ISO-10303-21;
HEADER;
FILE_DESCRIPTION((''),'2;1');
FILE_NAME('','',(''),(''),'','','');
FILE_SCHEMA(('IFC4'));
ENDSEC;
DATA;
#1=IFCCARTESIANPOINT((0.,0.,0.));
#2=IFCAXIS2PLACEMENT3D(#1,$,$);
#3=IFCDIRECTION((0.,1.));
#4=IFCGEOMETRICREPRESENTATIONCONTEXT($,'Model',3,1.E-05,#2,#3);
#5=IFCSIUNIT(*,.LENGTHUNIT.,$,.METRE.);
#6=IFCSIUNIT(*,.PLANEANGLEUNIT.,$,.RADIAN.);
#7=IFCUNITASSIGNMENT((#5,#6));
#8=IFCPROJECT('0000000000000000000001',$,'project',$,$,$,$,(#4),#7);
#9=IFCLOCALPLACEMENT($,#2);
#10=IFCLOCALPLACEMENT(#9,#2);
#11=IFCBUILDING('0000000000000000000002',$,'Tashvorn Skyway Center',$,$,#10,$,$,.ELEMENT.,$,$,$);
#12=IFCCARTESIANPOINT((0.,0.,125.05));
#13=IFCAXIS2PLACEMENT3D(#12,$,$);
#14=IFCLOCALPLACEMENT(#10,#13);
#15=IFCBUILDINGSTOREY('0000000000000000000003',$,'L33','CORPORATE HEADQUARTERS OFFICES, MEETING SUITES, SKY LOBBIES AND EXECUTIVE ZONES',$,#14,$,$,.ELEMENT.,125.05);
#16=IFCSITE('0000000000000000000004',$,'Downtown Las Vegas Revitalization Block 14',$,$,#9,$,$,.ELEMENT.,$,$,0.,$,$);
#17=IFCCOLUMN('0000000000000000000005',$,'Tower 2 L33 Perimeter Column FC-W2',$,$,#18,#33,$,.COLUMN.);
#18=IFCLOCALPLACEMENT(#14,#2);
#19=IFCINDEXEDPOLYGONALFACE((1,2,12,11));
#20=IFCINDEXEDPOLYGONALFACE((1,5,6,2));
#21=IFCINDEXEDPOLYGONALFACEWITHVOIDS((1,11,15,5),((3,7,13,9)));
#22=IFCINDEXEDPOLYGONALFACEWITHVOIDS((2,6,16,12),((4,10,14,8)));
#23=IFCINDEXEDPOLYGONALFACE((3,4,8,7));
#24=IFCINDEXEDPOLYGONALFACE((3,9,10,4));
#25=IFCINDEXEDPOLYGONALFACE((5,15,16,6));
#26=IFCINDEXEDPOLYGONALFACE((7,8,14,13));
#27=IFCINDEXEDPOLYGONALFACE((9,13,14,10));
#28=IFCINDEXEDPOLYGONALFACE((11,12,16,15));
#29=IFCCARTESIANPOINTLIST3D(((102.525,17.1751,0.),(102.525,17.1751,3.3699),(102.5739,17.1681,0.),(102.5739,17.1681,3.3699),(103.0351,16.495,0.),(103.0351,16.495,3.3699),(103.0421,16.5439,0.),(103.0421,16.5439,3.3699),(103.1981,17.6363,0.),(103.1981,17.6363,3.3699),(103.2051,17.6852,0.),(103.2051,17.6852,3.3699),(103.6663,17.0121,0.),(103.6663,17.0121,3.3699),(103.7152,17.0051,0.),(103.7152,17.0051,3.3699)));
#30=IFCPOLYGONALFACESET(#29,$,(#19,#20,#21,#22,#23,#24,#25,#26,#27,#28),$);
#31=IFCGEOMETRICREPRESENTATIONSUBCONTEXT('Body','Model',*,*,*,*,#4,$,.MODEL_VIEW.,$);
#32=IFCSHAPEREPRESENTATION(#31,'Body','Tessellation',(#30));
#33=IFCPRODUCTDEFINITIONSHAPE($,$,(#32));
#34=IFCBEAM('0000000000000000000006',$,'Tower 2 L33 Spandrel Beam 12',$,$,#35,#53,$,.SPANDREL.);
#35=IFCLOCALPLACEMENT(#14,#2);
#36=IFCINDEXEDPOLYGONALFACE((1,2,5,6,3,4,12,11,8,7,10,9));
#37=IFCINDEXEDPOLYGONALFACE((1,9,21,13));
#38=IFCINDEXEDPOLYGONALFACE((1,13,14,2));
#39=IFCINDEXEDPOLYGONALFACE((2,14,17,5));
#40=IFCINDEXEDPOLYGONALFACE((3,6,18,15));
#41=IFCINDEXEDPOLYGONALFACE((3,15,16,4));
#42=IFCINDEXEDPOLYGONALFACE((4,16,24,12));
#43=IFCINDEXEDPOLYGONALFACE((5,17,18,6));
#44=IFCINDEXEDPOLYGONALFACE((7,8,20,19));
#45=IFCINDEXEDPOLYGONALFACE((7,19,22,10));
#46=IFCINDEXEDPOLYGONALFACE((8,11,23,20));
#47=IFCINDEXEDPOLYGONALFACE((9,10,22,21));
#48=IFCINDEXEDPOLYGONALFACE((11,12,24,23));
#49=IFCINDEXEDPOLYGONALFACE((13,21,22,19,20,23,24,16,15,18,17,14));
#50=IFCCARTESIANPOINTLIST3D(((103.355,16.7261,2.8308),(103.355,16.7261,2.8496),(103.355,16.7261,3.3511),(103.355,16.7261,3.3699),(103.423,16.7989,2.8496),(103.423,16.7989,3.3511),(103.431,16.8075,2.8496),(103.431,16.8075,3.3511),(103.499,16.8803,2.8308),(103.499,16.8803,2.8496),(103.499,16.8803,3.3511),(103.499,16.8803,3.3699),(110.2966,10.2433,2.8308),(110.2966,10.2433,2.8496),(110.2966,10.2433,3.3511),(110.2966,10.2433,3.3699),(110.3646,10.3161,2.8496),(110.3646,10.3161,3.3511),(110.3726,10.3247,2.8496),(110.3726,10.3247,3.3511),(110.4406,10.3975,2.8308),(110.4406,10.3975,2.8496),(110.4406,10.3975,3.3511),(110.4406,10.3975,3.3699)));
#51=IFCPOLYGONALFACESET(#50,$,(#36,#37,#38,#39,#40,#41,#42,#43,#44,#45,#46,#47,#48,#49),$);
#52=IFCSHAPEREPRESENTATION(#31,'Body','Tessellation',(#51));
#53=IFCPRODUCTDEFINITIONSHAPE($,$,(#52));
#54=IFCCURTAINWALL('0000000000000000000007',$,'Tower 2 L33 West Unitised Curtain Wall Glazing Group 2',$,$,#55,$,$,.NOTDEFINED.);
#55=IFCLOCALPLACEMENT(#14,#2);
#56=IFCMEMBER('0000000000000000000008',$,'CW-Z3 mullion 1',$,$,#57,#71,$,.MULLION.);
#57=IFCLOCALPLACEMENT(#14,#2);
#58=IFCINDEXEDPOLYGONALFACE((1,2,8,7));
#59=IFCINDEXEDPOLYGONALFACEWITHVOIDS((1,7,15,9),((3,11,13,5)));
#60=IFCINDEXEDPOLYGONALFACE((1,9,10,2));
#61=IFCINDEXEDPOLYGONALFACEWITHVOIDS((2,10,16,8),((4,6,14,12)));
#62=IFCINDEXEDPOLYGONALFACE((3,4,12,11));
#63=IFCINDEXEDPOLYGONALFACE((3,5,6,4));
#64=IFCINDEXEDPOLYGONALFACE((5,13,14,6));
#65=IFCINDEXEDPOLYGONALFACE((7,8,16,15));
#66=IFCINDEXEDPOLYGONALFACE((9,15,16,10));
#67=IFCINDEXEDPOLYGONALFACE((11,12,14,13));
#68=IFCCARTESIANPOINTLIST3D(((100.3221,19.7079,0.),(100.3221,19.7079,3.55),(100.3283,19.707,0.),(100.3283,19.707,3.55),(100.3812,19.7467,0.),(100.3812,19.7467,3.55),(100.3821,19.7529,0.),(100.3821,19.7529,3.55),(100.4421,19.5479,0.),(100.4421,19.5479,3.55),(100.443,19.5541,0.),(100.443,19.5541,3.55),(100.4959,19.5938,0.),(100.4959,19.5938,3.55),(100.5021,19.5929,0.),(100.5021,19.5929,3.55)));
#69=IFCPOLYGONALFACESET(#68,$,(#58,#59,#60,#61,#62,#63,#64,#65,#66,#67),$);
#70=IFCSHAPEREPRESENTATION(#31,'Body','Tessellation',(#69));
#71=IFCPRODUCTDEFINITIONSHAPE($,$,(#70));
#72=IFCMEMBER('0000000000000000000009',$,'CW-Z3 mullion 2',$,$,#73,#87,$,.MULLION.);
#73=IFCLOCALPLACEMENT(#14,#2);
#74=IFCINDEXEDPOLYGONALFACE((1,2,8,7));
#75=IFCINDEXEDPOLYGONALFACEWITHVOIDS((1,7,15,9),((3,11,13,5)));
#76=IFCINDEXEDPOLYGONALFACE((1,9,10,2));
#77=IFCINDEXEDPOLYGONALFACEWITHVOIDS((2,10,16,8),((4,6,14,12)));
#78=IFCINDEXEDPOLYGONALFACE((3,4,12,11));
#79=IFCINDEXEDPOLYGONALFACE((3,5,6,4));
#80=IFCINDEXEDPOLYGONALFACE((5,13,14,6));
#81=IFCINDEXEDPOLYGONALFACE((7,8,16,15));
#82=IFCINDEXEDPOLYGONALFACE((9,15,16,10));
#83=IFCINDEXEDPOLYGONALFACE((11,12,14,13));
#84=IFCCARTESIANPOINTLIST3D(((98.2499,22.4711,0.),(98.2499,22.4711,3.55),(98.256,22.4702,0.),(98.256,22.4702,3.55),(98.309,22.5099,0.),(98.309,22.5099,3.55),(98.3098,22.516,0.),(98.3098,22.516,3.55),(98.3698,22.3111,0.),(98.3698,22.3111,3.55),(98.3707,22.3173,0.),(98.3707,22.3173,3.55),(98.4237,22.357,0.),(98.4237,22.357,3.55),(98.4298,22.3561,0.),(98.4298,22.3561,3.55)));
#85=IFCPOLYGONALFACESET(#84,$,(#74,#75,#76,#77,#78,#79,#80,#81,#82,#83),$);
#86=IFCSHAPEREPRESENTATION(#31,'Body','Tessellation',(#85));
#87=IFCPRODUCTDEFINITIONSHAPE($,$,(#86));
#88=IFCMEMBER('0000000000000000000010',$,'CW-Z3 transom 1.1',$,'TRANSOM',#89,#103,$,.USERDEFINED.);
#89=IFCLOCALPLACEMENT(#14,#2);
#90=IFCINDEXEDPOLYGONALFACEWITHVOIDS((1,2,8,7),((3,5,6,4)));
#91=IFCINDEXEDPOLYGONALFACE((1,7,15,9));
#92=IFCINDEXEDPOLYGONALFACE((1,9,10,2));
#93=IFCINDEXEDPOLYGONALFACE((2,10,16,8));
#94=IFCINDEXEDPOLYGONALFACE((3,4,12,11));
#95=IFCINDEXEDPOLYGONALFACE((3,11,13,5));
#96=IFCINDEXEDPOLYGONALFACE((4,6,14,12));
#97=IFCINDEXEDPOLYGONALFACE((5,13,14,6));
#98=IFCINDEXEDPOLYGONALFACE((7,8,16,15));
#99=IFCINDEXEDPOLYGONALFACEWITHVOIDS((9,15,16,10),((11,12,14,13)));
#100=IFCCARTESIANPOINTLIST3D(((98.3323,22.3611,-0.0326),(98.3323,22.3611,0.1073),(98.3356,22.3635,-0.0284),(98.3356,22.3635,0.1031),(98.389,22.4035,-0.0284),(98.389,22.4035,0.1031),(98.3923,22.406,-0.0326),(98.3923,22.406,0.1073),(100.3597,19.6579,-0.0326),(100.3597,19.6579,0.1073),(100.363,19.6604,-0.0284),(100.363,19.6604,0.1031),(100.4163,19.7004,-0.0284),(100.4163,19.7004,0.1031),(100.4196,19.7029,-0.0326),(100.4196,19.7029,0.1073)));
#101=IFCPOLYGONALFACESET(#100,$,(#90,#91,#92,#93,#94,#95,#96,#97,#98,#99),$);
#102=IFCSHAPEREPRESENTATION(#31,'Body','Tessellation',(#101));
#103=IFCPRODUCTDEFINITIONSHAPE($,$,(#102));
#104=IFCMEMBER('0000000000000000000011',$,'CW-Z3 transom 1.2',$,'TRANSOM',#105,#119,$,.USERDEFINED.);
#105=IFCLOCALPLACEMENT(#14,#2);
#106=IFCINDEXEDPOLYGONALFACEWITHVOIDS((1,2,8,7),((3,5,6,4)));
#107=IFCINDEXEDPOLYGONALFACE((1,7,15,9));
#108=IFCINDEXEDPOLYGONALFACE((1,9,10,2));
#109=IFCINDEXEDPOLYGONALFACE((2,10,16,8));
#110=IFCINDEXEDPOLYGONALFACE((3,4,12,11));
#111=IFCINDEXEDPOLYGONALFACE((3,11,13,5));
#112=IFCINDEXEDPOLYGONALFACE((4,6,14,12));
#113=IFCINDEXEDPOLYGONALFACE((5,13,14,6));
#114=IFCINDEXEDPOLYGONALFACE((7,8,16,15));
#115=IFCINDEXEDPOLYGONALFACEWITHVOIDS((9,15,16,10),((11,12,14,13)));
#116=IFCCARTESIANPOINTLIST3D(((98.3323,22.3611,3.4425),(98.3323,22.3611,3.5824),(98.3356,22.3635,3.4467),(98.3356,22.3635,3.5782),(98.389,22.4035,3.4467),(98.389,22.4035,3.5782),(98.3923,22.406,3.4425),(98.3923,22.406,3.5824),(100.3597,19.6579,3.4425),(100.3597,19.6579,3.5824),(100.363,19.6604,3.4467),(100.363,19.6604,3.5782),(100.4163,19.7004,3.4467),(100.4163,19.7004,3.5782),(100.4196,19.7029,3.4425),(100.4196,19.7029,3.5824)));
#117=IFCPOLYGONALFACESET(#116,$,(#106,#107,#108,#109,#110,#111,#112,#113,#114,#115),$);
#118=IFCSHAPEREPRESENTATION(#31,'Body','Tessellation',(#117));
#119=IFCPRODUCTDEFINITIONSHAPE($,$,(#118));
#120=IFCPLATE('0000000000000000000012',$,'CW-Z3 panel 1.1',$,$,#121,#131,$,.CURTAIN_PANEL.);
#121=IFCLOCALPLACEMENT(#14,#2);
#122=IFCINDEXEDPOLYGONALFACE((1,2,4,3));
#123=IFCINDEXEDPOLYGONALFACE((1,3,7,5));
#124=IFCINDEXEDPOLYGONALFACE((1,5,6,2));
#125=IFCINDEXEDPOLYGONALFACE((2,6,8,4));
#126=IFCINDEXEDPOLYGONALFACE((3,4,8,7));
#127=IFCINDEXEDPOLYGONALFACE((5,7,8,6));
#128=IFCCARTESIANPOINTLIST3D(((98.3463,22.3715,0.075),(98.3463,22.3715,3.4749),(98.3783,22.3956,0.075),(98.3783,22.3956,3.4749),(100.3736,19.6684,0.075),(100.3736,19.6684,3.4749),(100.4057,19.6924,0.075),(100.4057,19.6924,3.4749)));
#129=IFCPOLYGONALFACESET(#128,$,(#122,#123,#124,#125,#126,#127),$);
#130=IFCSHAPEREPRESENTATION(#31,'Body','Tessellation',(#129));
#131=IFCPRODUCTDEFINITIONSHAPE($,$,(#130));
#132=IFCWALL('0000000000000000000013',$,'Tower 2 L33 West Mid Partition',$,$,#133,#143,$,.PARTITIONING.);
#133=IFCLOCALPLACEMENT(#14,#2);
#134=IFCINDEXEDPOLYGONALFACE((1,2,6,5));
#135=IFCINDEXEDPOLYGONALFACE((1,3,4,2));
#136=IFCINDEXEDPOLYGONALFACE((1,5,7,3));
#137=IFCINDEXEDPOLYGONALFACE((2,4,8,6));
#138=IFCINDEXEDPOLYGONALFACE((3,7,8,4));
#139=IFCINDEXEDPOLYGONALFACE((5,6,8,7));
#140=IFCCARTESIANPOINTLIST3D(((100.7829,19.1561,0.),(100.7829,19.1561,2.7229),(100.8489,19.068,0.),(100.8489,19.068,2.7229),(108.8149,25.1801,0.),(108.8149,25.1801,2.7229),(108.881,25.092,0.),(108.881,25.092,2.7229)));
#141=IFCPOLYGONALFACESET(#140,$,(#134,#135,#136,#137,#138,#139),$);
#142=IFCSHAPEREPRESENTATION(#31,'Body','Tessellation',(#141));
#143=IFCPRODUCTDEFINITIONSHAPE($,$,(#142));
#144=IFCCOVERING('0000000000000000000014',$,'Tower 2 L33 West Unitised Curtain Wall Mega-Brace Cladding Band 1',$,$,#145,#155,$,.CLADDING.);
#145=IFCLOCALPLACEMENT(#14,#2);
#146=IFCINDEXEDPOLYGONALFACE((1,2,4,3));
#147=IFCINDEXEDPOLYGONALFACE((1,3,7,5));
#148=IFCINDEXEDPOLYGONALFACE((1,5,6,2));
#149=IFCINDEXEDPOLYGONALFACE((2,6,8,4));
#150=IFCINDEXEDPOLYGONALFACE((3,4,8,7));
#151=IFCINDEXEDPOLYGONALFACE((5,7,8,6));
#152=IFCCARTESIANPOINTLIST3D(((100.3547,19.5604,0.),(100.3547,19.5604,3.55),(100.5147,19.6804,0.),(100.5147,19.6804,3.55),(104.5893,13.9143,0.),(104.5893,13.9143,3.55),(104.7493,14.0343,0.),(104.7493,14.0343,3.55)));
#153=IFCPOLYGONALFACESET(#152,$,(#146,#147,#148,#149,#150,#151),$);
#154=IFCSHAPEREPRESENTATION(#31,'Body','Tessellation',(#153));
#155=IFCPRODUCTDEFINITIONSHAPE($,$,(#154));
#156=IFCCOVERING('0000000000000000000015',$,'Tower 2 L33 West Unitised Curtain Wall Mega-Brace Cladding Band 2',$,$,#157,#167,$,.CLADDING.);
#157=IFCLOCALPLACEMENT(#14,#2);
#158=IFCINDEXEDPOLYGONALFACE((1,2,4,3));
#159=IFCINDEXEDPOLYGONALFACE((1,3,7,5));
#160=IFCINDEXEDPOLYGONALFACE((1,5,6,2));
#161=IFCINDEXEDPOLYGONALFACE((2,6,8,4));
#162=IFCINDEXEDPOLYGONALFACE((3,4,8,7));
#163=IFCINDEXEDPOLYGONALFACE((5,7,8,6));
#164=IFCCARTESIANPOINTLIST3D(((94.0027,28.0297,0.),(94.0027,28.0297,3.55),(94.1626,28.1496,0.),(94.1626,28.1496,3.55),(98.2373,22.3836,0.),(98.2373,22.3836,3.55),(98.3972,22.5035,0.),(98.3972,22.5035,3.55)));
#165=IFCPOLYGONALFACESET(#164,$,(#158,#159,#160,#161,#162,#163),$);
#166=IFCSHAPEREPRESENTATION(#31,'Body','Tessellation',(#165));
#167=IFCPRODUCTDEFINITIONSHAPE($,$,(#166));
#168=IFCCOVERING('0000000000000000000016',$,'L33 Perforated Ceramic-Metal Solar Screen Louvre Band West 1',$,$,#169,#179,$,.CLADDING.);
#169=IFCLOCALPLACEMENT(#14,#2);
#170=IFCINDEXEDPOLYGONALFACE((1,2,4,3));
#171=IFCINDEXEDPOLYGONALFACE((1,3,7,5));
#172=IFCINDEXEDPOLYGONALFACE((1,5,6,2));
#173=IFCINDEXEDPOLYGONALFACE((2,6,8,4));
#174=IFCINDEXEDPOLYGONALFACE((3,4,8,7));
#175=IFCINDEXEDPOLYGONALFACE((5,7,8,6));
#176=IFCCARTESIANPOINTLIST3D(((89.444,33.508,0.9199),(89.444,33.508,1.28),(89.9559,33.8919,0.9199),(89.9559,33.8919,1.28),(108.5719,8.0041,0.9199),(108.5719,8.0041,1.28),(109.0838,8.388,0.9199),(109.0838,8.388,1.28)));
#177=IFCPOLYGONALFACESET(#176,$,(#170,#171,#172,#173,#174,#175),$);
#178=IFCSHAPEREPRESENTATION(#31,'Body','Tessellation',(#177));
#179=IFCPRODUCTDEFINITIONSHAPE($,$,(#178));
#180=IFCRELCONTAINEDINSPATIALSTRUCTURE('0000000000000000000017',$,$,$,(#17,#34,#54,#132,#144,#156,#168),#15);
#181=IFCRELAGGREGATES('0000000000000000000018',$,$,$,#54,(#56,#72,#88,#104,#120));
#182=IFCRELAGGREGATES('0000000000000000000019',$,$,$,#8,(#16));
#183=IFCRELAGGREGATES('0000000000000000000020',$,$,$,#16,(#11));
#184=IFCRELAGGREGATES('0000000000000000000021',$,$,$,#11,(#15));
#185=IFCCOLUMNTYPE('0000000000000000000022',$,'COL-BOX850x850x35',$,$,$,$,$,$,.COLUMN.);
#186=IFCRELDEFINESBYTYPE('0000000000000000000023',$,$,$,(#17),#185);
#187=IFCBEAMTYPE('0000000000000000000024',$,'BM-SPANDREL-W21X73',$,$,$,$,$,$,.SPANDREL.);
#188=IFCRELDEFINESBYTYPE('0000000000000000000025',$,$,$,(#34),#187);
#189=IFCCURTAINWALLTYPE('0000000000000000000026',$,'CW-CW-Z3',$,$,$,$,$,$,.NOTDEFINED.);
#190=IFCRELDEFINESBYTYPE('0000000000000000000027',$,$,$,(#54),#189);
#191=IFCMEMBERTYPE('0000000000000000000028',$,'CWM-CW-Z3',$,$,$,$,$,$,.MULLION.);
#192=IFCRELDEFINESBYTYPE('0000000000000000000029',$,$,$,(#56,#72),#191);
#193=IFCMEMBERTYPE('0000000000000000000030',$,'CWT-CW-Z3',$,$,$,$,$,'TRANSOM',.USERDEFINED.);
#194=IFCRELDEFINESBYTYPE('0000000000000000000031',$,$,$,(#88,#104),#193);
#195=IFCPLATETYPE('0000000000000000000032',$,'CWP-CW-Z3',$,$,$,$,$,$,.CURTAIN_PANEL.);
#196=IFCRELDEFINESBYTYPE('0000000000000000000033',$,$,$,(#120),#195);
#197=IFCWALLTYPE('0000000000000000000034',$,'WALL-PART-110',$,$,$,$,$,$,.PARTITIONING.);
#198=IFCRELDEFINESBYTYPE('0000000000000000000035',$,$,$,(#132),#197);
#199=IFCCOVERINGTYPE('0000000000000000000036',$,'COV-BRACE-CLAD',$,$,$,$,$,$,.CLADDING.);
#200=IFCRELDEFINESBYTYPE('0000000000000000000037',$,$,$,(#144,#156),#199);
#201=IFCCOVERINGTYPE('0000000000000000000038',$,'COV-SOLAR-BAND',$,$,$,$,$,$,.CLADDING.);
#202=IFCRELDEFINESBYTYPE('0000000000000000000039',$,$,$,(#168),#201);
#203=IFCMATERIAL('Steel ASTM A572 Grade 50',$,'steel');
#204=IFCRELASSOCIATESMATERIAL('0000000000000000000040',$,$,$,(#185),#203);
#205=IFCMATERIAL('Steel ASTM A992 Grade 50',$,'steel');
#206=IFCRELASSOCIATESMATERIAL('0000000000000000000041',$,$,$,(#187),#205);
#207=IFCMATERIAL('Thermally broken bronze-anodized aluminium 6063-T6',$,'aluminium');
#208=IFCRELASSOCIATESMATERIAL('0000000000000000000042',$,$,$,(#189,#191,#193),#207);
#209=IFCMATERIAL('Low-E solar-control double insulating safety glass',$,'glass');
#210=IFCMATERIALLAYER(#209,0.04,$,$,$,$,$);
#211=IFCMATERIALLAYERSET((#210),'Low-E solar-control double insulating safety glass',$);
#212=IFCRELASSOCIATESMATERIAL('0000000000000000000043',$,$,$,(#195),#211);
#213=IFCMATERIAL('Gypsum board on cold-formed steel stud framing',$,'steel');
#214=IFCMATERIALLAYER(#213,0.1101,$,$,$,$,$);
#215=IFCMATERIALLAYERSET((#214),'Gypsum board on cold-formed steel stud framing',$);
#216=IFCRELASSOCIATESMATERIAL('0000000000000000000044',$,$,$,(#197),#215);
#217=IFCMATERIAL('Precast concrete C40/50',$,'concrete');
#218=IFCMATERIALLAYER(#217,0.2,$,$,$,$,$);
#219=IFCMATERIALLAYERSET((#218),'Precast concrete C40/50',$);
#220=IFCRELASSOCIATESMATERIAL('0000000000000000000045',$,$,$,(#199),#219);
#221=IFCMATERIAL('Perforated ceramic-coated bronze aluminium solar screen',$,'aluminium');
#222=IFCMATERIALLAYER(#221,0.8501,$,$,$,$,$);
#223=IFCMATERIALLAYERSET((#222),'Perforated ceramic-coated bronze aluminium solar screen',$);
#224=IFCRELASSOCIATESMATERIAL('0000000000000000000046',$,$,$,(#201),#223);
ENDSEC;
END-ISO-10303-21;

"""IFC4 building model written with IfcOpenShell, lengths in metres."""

from ifc_helpers import new_model, si_unit, direction, frame, frame_2d, origin, origin_2d, place, context, subcontext, project, spatial, rectangle, hollow_rectangle, i_section, extrude, material, layer, layer_set, material_profile, profile_set, type_object, element, aggregate, save


model = new_model("IFC4")

# Units and contexts
model_context = context("Model", 3, precision=1e-05, world=origin(), true_north=direction((0.0, 1.0)))
body_context = subcontext(model_context, "Body", "Model", "MODEL_VIEW")
ifc_project = project(units=[si_unit("LENGTHUNIT", "METRE"), si_unit("PLANEANGLEUNIT", "RADIAN")], contexts=[model_context])

# Site, building, storey
site_placement = place(None, origin())
site = spatial("IfcSite", under=ifc_project, at=site_placement, Name="Downtown Las Vegas Revitalization Block 14", CompositionType="ELEMENT", RefElevation=0.0)
building_placement = place(site_placement, origin())
building = spatial("IfcBuilding", under=site, at=building_placement, Name="Tashvorn Skyway Center", CompositionType="ELEMENT")
storey_placement = place(building_placement, frame((0.0, 0.0, 125.05)))
storey = spatial("IfcBuildingStorey", under=building, at=storey_placement, Name="L33", Description="CORPORATE HEADQUARTERS OFFICES, MEETING SUITES, SKY LOBBIES AND EXECUTIVE ZONES", CompositionType="ELEMENT", Elevation=125.05)

# Column
ifc_material_1 = material(Name="Steel ASTM A572 Grade 50", Category="steel")
ifc_material_profile_1 = material_profile(ifc_material_1, hollow_rectangle(XDim=0.8501, YDim=0.8501, WallThickness=0.0349, at=origin_2d()), Name="BOX850x850x35")
ifc_profile_set_1 = profile_set([ifc_material_profile_1], Name="Steel ASTM A572 Grade 50")
column_type = type_object("IfcColumnType", Name="COL-BOX850x850x35", PredefinedType="COLUMN", material=ifc_profile_set_1)
column_placement = place(storey_placement, frame((103.1201, 17.0901, 0.0), z_axis=(0.0, 0.0, 1.0), x_axis=(0.8, 0.6, 0.0)))
element("IfcColumn", 1, at=column_placement, inside=storey, type_object=column_type, Name="Tower 2 L33 Perimeter Column FC-W2", PredefinedType="COLUMN", context=body_context, shape_type="SweptSolid", body=[
    extrude(hollow_rectangle(XDim=0.8501, YDim=0.8501, WallThickness=0.0349, at=origin_2d()), origin(), (0.0, 0.0, 1.0), 3.3699),
])

# Beam
ifc_material_2 = material(Name="Steel ASTM A992 Grade 50", Category="steel")
ifc_material_profile_2 = material_profile(ifc_material_2, i_section(OverallWidth=0.2109, OverallDepth=0.5391, WebThickness=0.0117, FlangeThickness=0.0188, at=origin_2d()), Name="W21X73")
ifc_profile_set_2 = profile_set([ifc_material_profile_2], Name="Steel ASTM A992 Grade 50")
beam_type = type_object("IfcBeamType", Name="BM-SPANDREL-W21X73", PredefinedType="SPANDREL", material=ifc_profile_set_2)
beam_placement = place(storey_placement, frame((103.427, 16.8032, 3.1003), z_axis=(0.730843, -0.682545, 0.0), x_axis=(0.682545, 0.730843, 0.0)))
element("IfcBeam", 2, at=beam_placement, inside=storey, type_object=beam_type, Name="Tower 2 L33 Spandrel Beam 12", PredefinedType="SPANDREL", context=body_context, shape_type="SweptSolid", body=[
    extrude(i_section(OverallWidth=0.2109, OverallDepth=0.5391, WebThickness=0.0117, FlangeThickness=0.0188, at=origin_2d()), origin(), (0.0, 0.0, 1.0), 9.498),
])

# Curtain wall, members, plate
ifc_material_3 = material(Name="Thermally broken bronze-anodized aluminium 6063-T6", Category="aluminium")
curtain_wall_type = type_object("IfcCurtainWallType", Name="CW-CW-Z3", PredefinedType="NOTDEFINED", material=ifc_material_3)
curtain_wall_placement = place(storey_placement, origin())
curtain_wall = element("IfcCurtainWall", 3, at=curtain_wall_placement, inside=storey, type_object=curtain_wall_type, Name="Tower 2 L33 West Unitised Curtain Wall Glazing Group 2", PredefinedType="NOTDEFINED")
ifc_material_profile_3 = material_profile(ifc_material_3, hollow_rectangle(XDim=0.075, YDim=0.2, WallThickness=0.0044, at=origin_2d()), Name="ALU-MULL-75x200")
ifc_profile_set_3 = profile_set([ifc_material_profile_3], Name="Thermally broken bronze-anodized aluminium 6063-T6")
member_type_1 = type_object("IfcMemberType", Name="CWM-CW-Z3", PredefinedType="MULLION", material=ifc_profile_set_3)
member_1_placement = place(storey_placement, frame((100.4121, 19.6504, 0.0), z_axis=(0.0, 0.0, 1.0), x_axis=(-0.8, -0.6, 0.0)))
member_1 = element("IfcMember", 4, at=member_1_placement, type_object=member_type_1, Name="CW-Z3 mullion 1", PredefinedType="MULLION", context=body_context, shape_type="SweptSolid", body=[
    extrude(hollow_rectangle(XDim=0.075, YDim=0.2, WallThickness=0.0044, at=origin_2d()), origin(), (0.0, 0.0, 1.0), 3.55),
])
member_2_placement = place(storey_placement, frame((98.3398, 22.4136, 0.0), z_axis=(0.0, 0.0, 1.0), x_axis=(-0.8, -0.6, 0.0)))
member_2 = element("IfcMember", 5, at=member_2_placement, type_object=member_type_1, Name="CW-Z3 mullion 2", PredefinedType="MULLION", context=body_context, shape_type="SweptSolid", body=[
    extrude(hollow_rectangle(XDim=0.075, YDim=0.2, WallThickness=0.0044, at=origin_2d()), origin(), (0.0, 0.0, 1.0), 3.55),
])
ifc_material_profile_4 = material_profile(ifc_material_3, hollow_rectangle(XDim=0.075, YDim=0.1399, WallThickness=0.0042, at=origin_2d()), Name="ALU-TRAN-75x140")
ifc_profile_set_4 = profile_set([ifc_material_profile_4], Name="Thermally broken bronze-anodized aluminium 6063-T6")
member_type_2 = type_object("IfcMemberType", Name="CWT-CW-Z3", ElementType="TRANSOM", PredefinedType="USERDEFINED", material=ifc_profile_set_4)
member_3_placement = place(storey_placement, frame((100.3896, 19.6804, 0.0374), z_axis=(-0.6, 0.8, 0.0), x_axis=(-0.8, -0.6, 0.0)))
member_3 = element("IfcMember", 6, at=member_3_placement, type_object=member_type_2, Name="CW-Z3 transom 1.1", ObjectType="TRANSOM", PredefinedType="USERDEFINED", context=body_context, shape_type="SweptSolid", body=[
    extrude(hollow_rectangle(XDim=0.075, YDim=0.1399, WallThickness=0.0042, at=origin_2d()), origin(), (0.0, 0.0, 1.0), 3.3789),
])
member_4_placement = place(storey_placement, frame((100.3896, 19.6804, 3.5125), z_axis=(-0.6, 0.8, 0.0), x_axis=(-0.8, -0.6, 0.0)))
member_4 = element("IfcMember", 7, at=member_4_placement, type_object=member_type_2, Name="CW-Z3 transom 1.2", ObjectType="TRANSOM", PredefinedType="USERDEFINED", context=body_context, shape_type="SweptSolid", body=[
    extrude(hollow_rectangle(XDim=0.075, YDim=0.1399, WallThickness=0.0042, at=origin_2d()), origin(), (0.0, 0.0, 1.0), 3.3789),
])
ifc_material_4 = material(Name="Low-E solar-control double insulating safety glass", Category="glass")
ifc_layer_1 = layer(ifc_material_4, 0.04)
ifc_layer_set_1 = layer_set([ifc_layer_1], Name="Low-E solar-control double insulating safety glass")
plate_type = type_object("IfcPlateType", Name="CWP-CW-Z3", PredefinedType="CURTAIN_PANEL", material=ifc_layer_set_1)
plate_placement = place(storey_placement, frame((99.376, 21.032, 0.075), z_axis=(0.0, 0.0, 1.0), x_axis=(-0.6, 0.8, 0.0)))
plate = element("IfcPlate", 8, at=plate_placement, type_object=plate_type, Name="CW-Z3 panel 1.1", PredefinedType="CURTAIN_PANEL", context=body_context, shape_type="SweptSolid", body=[
    extrude(rectangle(XDim=3.3789, YDim=0.04, at=origin_2d()), origin(), (0.0, 0.0, 1.0), 3.3999),
])
aggregate(curtain_wall, [member_1, member_2, member_3, member_4, plate])

# Wall
ifc_material_5 = material(Name="Gypsum board on cold-formed steel stud framing", Category="steel")
ifc_layer_2 = layer(ifc_material_5, 0.1101)
ifc_layer_set_2 = layer_set([ifc_layer_2], Name="Gypsum board on cold-formed steel stud framing")
wall_type = type_object("IfcWallType", Name="WALL-PART-110", PredefinedType="PARTITIONING", material=ifc_layer_set_2)
wall_placement = place(storey_placement, frame((100.8159, 19.1121, 0.0), z_axis=(0.0, 0.0, 1.0), x_axis=(0.800003, 0.599996, 0.0)))
element("IfcWall", 9, at=wall_placement, inside=storey, type_object=wall_type, Name="Tower 2 L33 West Mid Partition", PredefinedType="PARTITIONING", context=body_context, shape_type="SweptSolid", body=[
    extrude(rectangle(XDim=10.04, YDim=0.1101, at=frame_2d((5.02, 0.0))), origin(), (0.0, 0.0, 1.0), 2.7229),
])

# Coverings
ifc_material_6 = material(Name="Precast concrete C40/50", Category="concrete")
ifc_layer_3 = layer(ifc_material_6, 0.2)
ifc_layer_set_3 = layer_set([ifc_layer_3], Name="Precast concrete C40/50")
covering_type_1 = type_object("IfcCoveringType", Name="COV-BRACE-CLAD", PredefinedType="CLADDING", material=ifc_layer_set_3)
for number, where, z_axis, x_axis, name in (
    (10, (102.552, 16.7974, 0.0), (0.0, 0.0, 1.0), (-0.6, 0.8, 0.0), "Tower 2 L33 West Unitised Curtain Wall Mega-Brace Cladding Band 1"),
    (11, (96.2, 25.2666, 0.0), (0.0, 0.0, 1.0), (-0.6, 0.8, 0.0), "Tower 2 L33 West Unitised Curtain Wall Mega-Brace Cladding Band 2"),
):
    element("IfcCovering", number, at=place(storey_placement, frame(where, z_axis=z_axis, x_axis=x_axis)), inside=storey, type_object=covering_type_1, Name=name, PredefinedType="CLADDING", context=body_context, shape_type="SweptSolid", body=[
        extrude(rectangle(XDim=7.0576, YDim=0.2, at=origin_2d()), origin(), (0.0, 0.0, 1.0), 3.55),
    ])
ifc_material_7 = material(Name="Perforated ceramic-coated bronze aluminium solar screen", Category="aluminium")
ifc_layer_4 = layer(ifc_material_7, 0.8501)
ifc_layer_set_4 = layer_set([ifc_layer_4], Name="Perforated ceramic-coated bronze aluminium solar screen")
covering_type_2 = type_object("IfcCoveringType", Name="COV-SOLAR-BAND", PredefinedType="CLADDING", material=ifc_layer_set_4)
for number, where, z_axis, x_axis, name in (
    (12, (99.2639, 20.948, 0.9199), (0.0, 0.0, 1.0), (-0.6, 0.8, 0.0), "L33 Perforated Ceramic-Metal Solar Screen Louvre Band West 1"),
):
    element("IfcCovering", number, at=place(storey_placement, frame(where, z_axis=z_axis, x_axis=x_axis)), inside=storey, type_object=covering_type_2, Name=name, PredefinedType="CLADDING", context=body_context, shape_type="SweptSolid", body=[
        extrude(rectangle(XDim=31.8799, YDim=0.6399, at=origin_2d()), origin(), (0.0, 0.0, 1.0), 0.3601),
    ])

save(model, "model.ifc")
